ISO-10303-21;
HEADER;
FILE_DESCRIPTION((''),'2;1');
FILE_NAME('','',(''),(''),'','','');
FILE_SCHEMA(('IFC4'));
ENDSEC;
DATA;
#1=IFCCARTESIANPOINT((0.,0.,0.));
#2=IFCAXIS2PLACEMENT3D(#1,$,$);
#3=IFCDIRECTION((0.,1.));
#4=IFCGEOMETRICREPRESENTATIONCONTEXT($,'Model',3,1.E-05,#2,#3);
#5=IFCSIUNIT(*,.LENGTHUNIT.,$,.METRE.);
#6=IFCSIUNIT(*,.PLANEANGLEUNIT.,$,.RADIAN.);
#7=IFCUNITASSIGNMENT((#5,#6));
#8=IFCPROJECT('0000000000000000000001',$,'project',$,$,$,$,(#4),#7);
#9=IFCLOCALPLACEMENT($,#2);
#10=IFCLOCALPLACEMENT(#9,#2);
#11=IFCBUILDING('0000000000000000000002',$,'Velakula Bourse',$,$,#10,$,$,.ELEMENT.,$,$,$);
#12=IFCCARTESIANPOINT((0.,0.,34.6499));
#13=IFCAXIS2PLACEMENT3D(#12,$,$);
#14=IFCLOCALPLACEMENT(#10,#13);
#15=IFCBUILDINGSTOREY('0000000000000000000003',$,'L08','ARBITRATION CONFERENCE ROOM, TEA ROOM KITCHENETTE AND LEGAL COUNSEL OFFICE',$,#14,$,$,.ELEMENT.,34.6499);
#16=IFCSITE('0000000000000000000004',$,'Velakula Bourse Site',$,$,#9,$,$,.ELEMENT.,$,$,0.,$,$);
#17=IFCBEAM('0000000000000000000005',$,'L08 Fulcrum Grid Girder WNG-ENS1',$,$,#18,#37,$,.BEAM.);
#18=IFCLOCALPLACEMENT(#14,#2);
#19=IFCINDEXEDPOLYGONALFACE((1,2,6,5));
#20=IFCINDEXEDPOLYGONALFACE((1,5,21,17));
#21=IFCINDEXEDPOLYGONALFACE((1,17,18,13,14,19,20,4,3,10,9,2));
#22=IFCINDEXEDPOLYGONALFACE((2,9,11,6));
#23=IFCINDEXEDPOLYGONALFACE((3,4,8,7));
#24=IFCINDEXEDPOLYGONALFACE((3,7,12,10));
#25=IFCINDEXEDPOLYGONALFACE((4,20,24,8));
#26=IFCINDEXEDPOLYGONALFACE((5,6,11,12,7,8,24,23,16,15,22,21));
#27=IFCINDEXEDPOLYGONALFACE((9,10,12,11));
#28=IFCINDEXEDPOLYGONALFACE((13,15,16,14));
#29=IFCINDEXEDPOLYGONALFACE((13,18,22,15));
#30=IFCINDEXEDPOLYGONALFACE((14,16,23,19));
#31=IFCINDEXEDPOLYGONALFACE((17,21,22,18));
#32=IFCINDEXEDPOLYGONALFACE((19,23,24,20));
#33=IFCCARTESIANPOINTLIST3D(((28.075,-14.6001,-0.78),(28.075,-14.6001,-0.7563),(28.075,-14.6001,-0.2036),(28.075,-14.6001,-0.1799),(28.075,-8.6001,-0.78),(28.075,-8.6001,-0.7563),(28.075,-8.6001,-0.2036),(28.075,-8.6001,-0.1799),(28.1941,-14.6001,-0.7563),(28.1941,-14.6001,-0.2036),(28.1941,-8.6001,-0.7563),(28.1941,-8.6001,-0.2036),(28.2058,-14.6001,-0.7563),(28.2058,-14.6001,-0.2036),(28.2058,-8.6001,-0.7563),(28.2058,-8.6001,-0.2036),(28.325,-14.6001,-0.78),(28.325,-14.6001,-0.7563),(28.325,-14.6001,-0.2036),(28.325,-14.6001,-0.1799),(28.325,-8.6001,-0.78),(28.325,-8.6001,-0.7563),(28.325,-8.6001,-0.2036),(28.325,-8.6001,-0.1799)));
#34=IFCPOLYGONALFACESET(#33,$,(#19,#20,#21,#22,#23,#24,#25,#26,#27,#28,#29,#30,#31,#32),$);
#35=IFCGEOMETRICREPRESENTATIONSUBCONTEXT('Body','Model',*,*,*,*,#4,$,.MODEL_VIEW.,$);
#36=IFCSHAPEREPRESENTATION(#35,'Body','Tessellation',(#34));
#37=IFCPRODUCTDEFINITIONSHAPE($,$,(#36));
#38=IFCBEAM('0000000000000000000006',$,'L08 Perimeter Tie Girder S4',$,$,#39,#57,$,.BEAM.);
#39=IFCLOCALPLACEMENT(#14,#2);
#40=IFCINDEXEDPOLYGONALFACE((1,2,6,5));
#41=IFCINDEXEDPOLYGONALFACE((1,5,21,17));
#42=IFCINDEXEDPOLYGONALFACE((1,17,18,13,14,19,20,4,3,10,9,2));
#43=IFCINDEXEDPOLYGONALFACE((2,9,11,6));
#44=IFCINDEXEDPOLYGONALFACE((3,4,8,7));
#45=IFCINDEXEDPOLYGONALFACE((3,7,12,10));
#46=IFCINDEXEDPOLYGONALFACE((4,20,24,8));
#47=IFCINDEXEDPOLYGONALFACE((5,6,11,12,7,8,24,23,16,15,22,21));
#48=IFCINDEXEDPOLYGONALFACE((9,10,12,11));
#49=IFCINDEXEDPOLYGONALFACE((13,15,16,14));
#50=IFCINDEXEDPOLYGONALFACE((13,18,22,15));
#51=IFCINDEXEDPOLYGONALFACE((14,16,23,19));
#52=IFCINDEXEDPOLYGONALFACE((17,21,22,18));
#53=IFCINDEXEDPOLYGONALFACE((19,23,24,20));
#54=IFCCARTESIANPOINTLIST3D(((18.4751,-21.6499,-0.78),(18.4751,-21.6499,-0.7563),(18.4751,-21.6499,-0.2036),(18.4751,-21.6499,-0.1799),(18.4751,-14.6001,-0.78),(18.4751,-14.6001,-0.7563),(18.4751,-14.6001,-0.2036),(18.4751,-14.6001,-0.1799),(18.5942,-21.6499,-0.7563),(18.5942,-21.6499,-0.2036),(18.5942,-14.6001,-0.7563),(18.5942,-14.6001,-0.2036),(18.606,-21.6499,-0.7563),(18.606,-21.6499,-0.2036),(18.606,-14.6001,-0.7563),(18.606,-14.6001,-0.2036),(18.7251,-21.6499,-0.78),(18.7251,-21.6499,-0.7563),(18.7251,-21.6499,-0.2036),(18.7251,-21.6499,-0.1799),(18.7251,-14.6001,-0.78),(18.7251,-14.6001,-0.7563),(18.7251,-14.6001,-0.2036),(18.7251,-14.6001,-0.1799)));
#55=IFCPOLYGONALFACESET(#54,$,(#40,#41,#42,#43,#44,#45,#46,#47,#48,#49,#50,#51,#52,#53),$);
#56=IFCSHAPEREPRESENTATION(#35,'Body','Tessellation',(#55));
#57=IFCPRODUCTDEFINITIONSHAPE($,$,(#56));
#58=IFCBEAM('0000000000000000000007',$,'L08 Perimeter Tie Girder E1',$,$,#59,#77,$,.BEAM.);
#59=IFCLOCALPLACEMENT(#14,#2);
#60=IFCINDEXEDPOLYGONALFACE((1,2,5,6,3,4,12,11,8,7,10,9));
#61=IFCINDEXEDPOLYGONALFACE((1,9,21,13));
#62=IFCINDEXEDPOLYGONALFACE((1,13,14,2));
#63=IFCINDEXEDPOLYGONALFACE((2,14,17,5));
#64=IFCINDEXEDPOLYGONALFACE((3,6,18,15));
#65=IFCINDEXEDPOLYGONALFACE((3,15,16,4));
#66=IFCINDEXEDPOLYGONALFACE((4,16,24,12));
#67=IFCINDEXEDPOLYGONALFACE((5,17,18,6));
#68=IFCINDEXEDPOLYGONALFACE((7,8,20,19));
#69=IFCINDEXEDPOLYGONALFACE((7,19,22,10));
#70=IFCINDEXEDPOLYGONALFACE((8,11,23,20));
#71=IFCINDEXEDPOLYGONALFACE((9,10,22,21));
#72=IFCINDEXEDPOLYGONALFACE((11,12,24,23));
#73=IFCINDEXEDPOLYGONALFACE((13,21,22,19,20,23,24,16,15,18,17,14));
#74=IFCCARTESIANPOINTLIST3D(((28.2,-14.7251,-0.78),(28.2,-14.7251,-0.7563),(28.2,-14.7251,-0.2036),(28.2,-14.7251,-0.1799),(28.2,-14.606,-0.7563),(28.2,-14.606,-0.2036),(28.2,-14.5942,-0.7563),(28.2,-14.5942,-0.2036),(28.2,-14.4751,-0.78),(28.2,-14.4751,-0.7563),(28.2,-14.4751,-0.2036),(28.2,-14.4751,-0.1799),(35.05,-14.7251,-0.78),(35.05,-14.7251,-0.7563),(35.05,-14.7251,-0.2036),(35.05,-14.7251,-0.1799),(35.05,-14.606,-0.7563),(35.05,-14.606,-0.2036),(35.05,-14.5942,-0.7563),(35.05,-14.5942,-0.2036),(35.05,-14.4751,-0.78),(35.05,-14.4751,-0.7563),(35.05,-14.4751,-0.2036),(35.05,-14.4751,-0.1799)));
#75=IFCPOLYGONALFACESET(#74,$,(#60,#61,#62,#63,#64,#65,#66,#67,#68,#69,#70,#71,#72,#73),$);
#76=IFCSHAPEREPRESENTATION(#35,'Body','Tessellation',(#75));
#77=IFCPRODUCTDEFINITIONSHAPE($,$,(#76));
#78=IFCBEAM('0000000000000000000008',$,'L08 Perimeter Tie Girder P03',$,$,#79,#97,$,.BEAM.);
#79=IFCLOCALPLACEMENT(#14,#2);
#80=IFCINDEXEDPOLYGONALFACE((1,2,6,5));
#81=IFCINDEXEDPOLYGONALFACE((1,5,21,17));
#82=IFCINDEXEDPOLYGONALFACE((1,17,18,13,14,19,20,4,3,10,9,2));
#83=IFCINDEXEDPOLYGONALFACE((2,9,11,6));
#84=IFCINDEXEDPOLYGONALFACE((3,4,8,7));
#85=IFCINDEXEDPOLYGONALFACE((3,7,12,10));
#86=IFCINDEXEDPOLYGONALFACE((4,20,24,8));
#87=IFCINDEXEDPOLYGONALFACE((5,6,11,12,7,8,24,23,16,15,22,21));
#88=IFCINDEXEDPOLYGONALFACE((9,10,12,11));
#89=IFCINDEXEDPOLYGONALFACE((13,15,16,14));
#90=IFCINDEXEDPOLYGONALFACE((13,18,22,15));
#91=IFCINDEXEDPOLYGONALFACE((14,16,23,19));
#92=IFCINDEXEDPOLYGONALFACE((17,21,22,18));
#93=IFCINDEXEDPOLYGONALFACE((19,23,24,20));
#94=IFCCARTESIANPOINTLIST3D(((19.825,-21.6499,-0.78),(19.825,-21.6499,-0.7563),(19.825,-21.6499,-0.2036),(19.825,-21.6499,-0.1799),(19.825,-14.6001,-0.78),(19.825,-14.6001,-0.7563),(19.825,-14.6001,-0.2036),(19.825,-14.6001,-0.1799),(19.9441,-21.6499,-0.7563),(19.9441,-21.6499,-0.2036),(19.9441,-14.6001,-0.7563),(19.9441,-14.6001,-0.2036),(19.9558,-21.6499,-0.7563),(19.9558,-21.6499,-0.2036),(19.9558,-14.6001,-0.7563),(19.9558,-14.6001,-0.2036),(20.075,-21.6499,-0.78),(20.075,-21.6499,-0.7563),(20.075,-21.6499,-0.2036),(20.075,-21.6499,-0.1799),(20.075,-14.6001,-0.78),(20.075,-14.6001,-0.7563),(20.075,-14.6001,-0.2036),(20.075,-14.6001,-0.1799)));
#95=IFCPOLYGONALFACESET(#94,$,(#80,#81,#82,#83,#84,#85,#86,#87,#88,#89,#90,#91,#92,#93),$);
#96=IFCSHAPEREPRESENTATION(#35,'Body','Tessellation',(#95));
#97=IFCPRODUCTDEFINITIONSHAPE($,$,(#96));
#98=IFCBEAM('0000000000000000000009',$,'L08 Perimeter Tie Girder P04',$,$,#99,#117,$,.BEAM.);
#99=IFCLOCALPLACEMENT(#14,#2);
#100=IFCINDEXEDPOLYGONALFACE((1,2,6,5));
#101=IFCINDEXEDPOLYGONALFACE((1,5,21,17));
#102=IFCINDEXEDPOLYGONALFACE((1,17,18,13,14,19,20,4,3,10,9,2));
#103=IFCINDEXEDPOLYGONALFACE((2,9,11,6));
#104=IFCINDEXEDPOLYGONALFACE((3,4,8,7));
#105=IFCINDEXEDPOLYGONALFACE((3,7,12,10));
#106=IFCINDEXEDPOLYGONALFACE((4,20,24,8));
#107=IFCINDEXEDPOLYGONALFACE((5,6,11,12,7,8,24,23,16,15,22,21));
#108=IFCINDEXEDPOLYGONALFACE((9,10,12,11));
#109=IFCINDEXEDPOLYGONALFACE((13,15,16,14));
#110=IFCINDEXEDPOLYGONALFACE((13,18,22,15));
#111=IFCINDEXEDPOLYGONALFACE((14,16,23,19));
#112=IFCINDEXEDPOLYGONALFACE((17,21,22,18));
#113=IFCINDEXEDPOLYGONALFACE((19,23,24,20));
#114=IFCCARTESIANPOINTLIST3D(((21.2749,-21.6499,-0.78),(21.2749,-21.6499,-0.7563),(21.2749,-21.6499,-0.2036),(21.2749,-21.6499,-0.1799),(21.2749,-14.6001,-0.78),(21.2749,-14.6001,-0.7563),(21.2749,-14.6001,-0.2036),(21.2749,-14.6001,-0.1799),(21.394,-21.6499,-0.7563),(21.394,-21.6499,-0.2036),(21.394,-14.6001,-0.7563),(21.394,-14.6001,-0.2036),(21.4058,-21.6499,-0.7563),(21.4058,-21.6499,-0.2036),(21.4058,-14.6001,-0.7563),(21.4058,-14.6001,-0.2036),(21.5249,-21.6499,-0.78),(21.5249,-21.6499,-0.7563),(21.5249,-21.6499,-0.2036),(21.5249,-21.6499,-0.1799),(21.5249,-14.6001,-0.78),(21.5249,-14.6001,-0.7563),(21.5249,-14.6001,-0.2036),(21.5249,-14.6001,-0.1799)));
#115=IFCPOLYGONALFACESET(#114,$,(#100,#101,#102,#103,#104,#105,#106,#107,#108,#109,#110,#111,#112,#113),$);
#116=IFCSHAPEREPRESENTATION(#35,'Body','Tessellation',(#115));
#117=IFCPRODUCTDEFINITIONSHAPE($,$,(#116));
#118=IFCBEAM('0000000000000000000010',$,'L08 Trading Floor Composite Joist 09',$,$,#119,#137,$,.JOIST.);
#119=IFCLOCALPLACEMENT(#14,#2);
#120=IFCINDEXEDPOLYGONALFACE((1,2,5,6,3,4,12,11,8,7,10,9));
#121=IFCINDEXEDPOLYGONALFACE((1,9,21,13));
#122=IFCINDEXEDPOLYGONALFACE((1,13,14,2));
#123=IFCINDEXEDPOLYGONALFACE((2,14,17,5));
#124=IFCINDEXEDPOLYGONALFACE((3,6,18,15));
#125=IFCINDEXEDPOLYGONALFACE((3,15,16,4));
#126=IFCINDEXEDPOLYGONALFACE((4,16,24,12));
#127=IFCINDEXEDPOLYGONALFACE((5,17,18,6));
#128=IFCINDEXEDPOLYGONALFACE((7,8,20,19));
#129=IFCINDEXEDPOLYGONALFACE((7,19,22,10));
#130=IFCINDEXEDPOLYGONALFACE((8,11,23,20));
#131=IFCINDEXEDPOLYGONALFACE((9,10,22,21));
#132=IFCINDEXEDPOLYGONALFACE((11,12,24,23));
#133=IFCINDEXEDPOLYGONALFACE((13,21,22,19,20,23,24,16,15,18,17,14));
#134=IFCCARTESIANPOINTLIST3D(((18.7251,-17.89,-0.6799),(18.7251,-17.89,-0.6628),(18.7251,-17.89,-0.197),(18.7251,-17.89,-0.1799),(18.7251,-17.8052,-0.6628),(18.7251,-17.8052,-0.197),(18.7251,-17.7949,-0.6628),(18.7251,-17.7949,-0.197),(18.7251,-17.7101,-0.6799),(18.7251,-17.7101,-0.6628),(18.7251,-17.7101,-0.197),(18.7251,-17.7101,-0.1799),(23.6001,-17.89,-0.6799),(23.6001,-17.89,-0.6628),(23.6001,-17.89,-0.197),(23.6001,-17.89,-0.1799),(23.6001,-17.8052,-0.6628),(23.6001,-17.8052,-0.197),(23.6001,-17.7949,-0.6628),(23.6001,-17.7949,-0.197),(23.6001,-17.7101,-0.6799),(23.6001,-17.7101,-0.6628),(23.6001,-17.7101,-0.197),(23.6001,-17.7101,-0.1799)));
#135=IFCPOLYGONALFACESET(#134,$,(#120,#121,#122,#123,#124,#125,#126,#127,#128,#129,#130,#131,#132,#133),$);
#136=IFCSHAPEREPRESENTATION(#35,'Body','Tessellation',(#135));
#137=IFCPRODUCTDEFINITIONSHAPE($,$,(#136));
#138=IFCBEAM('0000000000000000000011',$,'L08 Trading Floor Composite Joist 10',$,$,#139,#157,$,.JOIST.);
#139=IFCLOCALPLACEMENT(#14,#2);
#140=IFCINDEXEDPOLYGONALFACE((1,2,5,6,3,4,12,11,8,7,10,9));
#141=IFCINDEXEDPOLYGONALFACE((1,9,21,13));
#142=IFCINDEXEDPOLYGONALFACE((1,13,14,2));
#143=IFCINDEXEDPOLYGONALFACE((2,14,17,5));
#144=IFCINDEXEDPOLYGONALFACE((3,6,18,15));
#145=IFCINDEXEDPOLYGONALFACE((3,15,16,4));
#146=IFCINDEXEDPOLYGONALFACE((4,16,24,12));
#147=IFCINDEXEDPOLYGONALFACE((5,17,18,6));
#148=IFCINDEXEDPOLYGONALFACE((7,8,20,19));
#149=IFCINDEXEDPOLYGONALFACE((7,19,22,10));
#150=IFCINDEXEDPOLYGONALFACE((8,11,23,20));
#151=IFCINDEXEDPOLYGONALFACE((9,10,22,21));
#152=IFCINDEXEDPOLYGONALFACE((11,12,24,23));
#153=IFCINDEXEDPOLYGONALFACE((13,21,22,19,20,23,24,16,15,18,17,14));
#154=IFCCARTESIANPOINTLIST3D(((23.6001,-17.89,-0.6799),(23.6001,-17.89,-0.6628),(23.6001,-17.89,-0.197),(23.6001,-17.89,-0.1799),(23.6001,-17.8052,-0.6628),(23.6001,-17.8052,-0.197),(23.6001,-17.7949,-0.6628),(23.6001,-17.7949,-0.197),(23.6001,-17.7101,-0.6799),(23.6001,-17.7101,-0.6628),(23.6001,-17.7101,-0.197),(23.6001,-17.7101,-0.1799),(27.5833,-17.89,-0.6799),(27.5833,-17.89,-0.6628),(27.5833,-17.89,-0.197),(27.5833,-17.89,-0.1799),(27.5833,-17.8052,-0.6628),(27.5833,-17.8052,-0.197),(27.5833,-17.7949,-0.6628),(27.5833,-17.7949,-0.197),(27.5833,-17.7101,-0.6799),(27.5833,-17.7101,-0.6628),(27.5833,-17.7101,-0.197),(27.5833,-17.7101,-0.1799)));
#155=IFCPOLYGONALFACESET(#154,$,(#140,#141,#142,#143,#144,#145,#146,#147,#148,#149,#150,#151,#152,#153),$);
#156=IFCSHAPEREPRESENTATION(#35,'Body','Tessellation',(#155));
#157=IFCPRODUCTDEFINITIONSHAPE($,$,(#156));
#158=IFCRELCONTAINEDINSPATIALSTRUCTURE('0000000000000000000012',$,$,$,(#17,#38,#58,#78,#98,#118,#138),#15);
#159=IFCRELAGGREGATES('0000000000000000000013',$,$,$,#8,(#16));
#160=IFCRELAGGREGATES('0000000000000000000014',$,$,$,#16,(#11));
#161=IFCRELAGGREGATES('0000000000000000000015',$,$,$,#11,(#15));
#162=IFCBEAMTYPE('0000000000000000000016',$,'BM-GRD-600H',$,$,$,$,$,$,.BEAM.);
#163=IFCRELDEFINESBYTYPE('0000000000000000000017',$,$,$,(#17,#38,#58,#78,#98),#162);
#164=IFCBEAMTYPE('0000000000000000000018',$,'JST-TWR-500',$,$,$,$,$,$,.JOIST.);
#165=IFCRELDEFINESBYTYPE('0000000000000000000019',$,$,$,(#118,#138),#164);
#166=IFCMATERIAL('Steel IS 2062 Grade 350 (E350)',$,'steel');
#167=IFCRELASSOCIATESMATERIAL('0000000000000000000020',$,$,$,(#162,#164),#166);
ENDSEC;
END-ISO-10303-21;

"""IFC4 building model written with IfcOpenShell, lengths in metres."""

from ifc_helpers import new_model, si_unit, direction, frame, origin, origin_2d, place, context, subcontext, project, spatial, i_section, extrude, material, material_profile, profile_set, type_object, element, save


model = new_model("IFC4")

# Units and contexts
model_context = context("Model", 3, precision=1e-05, world=origin(), true_north=direction((0.0, 1.0)))
body_context = subcontext(model_context, "Body", "Model", "MODEL_VIEW")
ifc_project = project(units=[si_unit("LENGTHUNIT", "METRE"), si_unit("PLANEANGLEUNIT", "RADIAN")], contexts=[model_context])

# Site, building, storey
site_placement = place(None, origin())
site = spatial("IfcSite", under=ifc_project, at=site_placement, Name="Velakula Bourse Site", CompositionType="ELEMENT", RefElevation=0.0)
building_placement = place(site_placement, origin())
building = spatial("IfcBuilding", under=site, at=building_placement, Name="Velakula Bourse", CompositionType="ELEMENT")
storey_placement = place(building_placement, frame((0.0, 0.0, 34.6499)))
storey = spatial("IfcBuildingStorey", under=building, at=storey_placement, Name="L08", Description="ARBITRATION CONFERENCE ROOM, TEA ROOM KITCHENETTE AND LEGAL COUNSEL OFFICE", CompositionType="ELEMENT", Elevation=34.6499)

# Beams
ifc_material_1 = material(Name="Steel IS 2062 Grade 350 (E350)", Category="steel")
ifc_material_profile_1 = material_profile(ifc_material_1, i_section(OverallWidth=0.25, OverallDepth=0.6001, WebThickness=0.0117, FlangeThickness=0.0237, at=origin_2d()), Name="Steel IS 2062 Grade 350 (E350)")
ifc_profile_set_1 = profile_set([ifc_material_profile_1], Name="Steel IS 2062 Grade 350 (E350)")
beam_type_1 = type_object("IfcBeamType", Name="BM-GRD-600H", PredefinedType="BEAM", material=ifc_profile_set_1)
beam_1_placement = place(storey_placement, frame((28.2, -14.6001, -0.48), z_axis=(0.0, 1.0, 0.0), x_axis=(-1.0, 0.0, 0.0)))
element("IfcBeam", 1, at=beam_1_placement, inside=storey, type_object=beam_type_1, Name="L08 Fulcrum Grid Girder WNG-ENS1", PredefinedType="BEAM", context=body_context, shape_type="SweptSolid", body=[
    extrude(i_section(OverallWidth=0.25, OverallDepth=0.6001, WebThickness=0.0117, FlangeThickness=0.0237, at=origin_2d()), origin(), (0.0, 0.0, 1.0), 6.0),
])
beam_2_placement = place(storey_placement, frame((18.6001, -14.6001, -0.48), z_axis=(0.0, -1.0, 0.0), x_axis=(1.0, 0.0, 0.0)))
element("IfcBeam", 2, at=beam_2_placement, inside=storey, type_object=beam_type_1, Name="L08 Perimeter Tie Girder S4", PredefinedType="BEAM", context=body_context, shape_type="SweptSolid", body=[
    extrude(i_section(OverallWidth=0.25, OverallDepth=0.6001, WebThickness=0.0117, FlangeThickness=0.0237, at=origin_2d()), origin(), (0.0, 0.0, 1.0), 7.0498),
])
beam_3_placement = place(storey_placement, frame((28.2, -14.6001, -0.48), z_axis=(1.0, 0.0, 0.0), x_axis=(0.0, 1.0, 0.0)))
element("IfcBeam", 3, at=beam_3_placement, inside=storey, type_object=beam_type_1, Name="L08 Perimeter Tie Girder E1", PredefinedType="BEAM", context=body_context, shape_type="SweptSolid", body=[
    extrude(i_section(OverallWidth=0.25, OverallDepth=0.6001, WebThickness=0.0117, FlangeThickness=0.0237, at=origin_2d()), origin(), (0.0, 0.0, 1.0), 6.8501),
])
for number, where, z_axis, x_axis, name in (
    (4, (19.95, -14.6001, -0.48), (0.0, -1.0, 0.0), (1.0, 0.0, 0.0), "L08 Perimeter Tie Girder P03"),
    (5, (21.3999, -14.6001, -0.48), (0.0, -1.0, 0.0), (1.0, 0.0, 0.0), "L08 Perimeter Tie Girder P04"),
):
    element("IfcBeam", number, at=place(storey_placement, frame(where, z_axis=z_axis, x_axis=x_axis)), inside=storey, type_object=beam_type_1, Name=name, PredefinedType="BEAM", context=body_context, shape_type="SweptSolid", body=[
        extrude(i_section(OverallWidth=0.25, OverallDepth=0.6001, WebThickness=0.0117, FlangeThickness=0.0237, at=origin_2d()), origin(), (0.0, 0.0, 1.0), 7.0498),
    ])
ifc_material_profile_2 = material_profile(ifc_material_1, i_section(OverallWidth=0.1799, OverallDepth=0.5, WebThickness=0.0103, FlangeThickness=0.0171, at=origin_2d()), Name="Steel IS 2062 Grade 350 (E350)")
ifc_profile_set_2 = profile_set([ifc_material_profile_2], Name="Steel IS 2062 Grade 350 (E350)")
beam_type_2 = type_object("IfcBeamType", Name="JST-TWR-500", PredefinedType="JOIST", material=ifc_profile_set_2)
beam_4_placement = place(storey_placement, frame((18.7251, -17.8, -0.4299), z_axis=(1.0, 0.0, 0.0), x_axis=(0.0, 1.0, 0.0)))
element("IfcBeam", 6, at=beam_4_placement, inside=storey, type_object=beam_type_2, Name="L08 Trading Floor Composite Joist 09", PredefinedType="JOIST", context=body_context, shape_type="SweptSolid", body=[
    extrude(i_section(OverallWidth=0.1799, OverallDepth=0.5, WebThickness=0.0103, FlangeThickness=0.0171, at=origin_2d()), origin(), (0.0, 0.0, 1.0), 4.875),
])
beam_5_placement = place(storey_placement, frame((23.6001, -17.8, -0.4299), z_axis=(1.0, 0.0, 0.0), x_axis=(0.0, 1.0, 0.0)))
element("IfcBeam", 7, at=beam_5_placement, inside=storey, type_object=beam_type_2, Name="L08 Trading Floor Composite Joist 10", PredefinedType="JOIST", context=body_context, shape_type="SweptSolid", body=[
    extrude(i_section(OverallWidth=0.1799, OverallDepth=0.5, WebThickness=0.0103, FlangeThickness=0.0171, at=origin_2d()), origin(), (0.0, 0.0, 1.0), 3.9832),
])

save(model, "model.ifc")
